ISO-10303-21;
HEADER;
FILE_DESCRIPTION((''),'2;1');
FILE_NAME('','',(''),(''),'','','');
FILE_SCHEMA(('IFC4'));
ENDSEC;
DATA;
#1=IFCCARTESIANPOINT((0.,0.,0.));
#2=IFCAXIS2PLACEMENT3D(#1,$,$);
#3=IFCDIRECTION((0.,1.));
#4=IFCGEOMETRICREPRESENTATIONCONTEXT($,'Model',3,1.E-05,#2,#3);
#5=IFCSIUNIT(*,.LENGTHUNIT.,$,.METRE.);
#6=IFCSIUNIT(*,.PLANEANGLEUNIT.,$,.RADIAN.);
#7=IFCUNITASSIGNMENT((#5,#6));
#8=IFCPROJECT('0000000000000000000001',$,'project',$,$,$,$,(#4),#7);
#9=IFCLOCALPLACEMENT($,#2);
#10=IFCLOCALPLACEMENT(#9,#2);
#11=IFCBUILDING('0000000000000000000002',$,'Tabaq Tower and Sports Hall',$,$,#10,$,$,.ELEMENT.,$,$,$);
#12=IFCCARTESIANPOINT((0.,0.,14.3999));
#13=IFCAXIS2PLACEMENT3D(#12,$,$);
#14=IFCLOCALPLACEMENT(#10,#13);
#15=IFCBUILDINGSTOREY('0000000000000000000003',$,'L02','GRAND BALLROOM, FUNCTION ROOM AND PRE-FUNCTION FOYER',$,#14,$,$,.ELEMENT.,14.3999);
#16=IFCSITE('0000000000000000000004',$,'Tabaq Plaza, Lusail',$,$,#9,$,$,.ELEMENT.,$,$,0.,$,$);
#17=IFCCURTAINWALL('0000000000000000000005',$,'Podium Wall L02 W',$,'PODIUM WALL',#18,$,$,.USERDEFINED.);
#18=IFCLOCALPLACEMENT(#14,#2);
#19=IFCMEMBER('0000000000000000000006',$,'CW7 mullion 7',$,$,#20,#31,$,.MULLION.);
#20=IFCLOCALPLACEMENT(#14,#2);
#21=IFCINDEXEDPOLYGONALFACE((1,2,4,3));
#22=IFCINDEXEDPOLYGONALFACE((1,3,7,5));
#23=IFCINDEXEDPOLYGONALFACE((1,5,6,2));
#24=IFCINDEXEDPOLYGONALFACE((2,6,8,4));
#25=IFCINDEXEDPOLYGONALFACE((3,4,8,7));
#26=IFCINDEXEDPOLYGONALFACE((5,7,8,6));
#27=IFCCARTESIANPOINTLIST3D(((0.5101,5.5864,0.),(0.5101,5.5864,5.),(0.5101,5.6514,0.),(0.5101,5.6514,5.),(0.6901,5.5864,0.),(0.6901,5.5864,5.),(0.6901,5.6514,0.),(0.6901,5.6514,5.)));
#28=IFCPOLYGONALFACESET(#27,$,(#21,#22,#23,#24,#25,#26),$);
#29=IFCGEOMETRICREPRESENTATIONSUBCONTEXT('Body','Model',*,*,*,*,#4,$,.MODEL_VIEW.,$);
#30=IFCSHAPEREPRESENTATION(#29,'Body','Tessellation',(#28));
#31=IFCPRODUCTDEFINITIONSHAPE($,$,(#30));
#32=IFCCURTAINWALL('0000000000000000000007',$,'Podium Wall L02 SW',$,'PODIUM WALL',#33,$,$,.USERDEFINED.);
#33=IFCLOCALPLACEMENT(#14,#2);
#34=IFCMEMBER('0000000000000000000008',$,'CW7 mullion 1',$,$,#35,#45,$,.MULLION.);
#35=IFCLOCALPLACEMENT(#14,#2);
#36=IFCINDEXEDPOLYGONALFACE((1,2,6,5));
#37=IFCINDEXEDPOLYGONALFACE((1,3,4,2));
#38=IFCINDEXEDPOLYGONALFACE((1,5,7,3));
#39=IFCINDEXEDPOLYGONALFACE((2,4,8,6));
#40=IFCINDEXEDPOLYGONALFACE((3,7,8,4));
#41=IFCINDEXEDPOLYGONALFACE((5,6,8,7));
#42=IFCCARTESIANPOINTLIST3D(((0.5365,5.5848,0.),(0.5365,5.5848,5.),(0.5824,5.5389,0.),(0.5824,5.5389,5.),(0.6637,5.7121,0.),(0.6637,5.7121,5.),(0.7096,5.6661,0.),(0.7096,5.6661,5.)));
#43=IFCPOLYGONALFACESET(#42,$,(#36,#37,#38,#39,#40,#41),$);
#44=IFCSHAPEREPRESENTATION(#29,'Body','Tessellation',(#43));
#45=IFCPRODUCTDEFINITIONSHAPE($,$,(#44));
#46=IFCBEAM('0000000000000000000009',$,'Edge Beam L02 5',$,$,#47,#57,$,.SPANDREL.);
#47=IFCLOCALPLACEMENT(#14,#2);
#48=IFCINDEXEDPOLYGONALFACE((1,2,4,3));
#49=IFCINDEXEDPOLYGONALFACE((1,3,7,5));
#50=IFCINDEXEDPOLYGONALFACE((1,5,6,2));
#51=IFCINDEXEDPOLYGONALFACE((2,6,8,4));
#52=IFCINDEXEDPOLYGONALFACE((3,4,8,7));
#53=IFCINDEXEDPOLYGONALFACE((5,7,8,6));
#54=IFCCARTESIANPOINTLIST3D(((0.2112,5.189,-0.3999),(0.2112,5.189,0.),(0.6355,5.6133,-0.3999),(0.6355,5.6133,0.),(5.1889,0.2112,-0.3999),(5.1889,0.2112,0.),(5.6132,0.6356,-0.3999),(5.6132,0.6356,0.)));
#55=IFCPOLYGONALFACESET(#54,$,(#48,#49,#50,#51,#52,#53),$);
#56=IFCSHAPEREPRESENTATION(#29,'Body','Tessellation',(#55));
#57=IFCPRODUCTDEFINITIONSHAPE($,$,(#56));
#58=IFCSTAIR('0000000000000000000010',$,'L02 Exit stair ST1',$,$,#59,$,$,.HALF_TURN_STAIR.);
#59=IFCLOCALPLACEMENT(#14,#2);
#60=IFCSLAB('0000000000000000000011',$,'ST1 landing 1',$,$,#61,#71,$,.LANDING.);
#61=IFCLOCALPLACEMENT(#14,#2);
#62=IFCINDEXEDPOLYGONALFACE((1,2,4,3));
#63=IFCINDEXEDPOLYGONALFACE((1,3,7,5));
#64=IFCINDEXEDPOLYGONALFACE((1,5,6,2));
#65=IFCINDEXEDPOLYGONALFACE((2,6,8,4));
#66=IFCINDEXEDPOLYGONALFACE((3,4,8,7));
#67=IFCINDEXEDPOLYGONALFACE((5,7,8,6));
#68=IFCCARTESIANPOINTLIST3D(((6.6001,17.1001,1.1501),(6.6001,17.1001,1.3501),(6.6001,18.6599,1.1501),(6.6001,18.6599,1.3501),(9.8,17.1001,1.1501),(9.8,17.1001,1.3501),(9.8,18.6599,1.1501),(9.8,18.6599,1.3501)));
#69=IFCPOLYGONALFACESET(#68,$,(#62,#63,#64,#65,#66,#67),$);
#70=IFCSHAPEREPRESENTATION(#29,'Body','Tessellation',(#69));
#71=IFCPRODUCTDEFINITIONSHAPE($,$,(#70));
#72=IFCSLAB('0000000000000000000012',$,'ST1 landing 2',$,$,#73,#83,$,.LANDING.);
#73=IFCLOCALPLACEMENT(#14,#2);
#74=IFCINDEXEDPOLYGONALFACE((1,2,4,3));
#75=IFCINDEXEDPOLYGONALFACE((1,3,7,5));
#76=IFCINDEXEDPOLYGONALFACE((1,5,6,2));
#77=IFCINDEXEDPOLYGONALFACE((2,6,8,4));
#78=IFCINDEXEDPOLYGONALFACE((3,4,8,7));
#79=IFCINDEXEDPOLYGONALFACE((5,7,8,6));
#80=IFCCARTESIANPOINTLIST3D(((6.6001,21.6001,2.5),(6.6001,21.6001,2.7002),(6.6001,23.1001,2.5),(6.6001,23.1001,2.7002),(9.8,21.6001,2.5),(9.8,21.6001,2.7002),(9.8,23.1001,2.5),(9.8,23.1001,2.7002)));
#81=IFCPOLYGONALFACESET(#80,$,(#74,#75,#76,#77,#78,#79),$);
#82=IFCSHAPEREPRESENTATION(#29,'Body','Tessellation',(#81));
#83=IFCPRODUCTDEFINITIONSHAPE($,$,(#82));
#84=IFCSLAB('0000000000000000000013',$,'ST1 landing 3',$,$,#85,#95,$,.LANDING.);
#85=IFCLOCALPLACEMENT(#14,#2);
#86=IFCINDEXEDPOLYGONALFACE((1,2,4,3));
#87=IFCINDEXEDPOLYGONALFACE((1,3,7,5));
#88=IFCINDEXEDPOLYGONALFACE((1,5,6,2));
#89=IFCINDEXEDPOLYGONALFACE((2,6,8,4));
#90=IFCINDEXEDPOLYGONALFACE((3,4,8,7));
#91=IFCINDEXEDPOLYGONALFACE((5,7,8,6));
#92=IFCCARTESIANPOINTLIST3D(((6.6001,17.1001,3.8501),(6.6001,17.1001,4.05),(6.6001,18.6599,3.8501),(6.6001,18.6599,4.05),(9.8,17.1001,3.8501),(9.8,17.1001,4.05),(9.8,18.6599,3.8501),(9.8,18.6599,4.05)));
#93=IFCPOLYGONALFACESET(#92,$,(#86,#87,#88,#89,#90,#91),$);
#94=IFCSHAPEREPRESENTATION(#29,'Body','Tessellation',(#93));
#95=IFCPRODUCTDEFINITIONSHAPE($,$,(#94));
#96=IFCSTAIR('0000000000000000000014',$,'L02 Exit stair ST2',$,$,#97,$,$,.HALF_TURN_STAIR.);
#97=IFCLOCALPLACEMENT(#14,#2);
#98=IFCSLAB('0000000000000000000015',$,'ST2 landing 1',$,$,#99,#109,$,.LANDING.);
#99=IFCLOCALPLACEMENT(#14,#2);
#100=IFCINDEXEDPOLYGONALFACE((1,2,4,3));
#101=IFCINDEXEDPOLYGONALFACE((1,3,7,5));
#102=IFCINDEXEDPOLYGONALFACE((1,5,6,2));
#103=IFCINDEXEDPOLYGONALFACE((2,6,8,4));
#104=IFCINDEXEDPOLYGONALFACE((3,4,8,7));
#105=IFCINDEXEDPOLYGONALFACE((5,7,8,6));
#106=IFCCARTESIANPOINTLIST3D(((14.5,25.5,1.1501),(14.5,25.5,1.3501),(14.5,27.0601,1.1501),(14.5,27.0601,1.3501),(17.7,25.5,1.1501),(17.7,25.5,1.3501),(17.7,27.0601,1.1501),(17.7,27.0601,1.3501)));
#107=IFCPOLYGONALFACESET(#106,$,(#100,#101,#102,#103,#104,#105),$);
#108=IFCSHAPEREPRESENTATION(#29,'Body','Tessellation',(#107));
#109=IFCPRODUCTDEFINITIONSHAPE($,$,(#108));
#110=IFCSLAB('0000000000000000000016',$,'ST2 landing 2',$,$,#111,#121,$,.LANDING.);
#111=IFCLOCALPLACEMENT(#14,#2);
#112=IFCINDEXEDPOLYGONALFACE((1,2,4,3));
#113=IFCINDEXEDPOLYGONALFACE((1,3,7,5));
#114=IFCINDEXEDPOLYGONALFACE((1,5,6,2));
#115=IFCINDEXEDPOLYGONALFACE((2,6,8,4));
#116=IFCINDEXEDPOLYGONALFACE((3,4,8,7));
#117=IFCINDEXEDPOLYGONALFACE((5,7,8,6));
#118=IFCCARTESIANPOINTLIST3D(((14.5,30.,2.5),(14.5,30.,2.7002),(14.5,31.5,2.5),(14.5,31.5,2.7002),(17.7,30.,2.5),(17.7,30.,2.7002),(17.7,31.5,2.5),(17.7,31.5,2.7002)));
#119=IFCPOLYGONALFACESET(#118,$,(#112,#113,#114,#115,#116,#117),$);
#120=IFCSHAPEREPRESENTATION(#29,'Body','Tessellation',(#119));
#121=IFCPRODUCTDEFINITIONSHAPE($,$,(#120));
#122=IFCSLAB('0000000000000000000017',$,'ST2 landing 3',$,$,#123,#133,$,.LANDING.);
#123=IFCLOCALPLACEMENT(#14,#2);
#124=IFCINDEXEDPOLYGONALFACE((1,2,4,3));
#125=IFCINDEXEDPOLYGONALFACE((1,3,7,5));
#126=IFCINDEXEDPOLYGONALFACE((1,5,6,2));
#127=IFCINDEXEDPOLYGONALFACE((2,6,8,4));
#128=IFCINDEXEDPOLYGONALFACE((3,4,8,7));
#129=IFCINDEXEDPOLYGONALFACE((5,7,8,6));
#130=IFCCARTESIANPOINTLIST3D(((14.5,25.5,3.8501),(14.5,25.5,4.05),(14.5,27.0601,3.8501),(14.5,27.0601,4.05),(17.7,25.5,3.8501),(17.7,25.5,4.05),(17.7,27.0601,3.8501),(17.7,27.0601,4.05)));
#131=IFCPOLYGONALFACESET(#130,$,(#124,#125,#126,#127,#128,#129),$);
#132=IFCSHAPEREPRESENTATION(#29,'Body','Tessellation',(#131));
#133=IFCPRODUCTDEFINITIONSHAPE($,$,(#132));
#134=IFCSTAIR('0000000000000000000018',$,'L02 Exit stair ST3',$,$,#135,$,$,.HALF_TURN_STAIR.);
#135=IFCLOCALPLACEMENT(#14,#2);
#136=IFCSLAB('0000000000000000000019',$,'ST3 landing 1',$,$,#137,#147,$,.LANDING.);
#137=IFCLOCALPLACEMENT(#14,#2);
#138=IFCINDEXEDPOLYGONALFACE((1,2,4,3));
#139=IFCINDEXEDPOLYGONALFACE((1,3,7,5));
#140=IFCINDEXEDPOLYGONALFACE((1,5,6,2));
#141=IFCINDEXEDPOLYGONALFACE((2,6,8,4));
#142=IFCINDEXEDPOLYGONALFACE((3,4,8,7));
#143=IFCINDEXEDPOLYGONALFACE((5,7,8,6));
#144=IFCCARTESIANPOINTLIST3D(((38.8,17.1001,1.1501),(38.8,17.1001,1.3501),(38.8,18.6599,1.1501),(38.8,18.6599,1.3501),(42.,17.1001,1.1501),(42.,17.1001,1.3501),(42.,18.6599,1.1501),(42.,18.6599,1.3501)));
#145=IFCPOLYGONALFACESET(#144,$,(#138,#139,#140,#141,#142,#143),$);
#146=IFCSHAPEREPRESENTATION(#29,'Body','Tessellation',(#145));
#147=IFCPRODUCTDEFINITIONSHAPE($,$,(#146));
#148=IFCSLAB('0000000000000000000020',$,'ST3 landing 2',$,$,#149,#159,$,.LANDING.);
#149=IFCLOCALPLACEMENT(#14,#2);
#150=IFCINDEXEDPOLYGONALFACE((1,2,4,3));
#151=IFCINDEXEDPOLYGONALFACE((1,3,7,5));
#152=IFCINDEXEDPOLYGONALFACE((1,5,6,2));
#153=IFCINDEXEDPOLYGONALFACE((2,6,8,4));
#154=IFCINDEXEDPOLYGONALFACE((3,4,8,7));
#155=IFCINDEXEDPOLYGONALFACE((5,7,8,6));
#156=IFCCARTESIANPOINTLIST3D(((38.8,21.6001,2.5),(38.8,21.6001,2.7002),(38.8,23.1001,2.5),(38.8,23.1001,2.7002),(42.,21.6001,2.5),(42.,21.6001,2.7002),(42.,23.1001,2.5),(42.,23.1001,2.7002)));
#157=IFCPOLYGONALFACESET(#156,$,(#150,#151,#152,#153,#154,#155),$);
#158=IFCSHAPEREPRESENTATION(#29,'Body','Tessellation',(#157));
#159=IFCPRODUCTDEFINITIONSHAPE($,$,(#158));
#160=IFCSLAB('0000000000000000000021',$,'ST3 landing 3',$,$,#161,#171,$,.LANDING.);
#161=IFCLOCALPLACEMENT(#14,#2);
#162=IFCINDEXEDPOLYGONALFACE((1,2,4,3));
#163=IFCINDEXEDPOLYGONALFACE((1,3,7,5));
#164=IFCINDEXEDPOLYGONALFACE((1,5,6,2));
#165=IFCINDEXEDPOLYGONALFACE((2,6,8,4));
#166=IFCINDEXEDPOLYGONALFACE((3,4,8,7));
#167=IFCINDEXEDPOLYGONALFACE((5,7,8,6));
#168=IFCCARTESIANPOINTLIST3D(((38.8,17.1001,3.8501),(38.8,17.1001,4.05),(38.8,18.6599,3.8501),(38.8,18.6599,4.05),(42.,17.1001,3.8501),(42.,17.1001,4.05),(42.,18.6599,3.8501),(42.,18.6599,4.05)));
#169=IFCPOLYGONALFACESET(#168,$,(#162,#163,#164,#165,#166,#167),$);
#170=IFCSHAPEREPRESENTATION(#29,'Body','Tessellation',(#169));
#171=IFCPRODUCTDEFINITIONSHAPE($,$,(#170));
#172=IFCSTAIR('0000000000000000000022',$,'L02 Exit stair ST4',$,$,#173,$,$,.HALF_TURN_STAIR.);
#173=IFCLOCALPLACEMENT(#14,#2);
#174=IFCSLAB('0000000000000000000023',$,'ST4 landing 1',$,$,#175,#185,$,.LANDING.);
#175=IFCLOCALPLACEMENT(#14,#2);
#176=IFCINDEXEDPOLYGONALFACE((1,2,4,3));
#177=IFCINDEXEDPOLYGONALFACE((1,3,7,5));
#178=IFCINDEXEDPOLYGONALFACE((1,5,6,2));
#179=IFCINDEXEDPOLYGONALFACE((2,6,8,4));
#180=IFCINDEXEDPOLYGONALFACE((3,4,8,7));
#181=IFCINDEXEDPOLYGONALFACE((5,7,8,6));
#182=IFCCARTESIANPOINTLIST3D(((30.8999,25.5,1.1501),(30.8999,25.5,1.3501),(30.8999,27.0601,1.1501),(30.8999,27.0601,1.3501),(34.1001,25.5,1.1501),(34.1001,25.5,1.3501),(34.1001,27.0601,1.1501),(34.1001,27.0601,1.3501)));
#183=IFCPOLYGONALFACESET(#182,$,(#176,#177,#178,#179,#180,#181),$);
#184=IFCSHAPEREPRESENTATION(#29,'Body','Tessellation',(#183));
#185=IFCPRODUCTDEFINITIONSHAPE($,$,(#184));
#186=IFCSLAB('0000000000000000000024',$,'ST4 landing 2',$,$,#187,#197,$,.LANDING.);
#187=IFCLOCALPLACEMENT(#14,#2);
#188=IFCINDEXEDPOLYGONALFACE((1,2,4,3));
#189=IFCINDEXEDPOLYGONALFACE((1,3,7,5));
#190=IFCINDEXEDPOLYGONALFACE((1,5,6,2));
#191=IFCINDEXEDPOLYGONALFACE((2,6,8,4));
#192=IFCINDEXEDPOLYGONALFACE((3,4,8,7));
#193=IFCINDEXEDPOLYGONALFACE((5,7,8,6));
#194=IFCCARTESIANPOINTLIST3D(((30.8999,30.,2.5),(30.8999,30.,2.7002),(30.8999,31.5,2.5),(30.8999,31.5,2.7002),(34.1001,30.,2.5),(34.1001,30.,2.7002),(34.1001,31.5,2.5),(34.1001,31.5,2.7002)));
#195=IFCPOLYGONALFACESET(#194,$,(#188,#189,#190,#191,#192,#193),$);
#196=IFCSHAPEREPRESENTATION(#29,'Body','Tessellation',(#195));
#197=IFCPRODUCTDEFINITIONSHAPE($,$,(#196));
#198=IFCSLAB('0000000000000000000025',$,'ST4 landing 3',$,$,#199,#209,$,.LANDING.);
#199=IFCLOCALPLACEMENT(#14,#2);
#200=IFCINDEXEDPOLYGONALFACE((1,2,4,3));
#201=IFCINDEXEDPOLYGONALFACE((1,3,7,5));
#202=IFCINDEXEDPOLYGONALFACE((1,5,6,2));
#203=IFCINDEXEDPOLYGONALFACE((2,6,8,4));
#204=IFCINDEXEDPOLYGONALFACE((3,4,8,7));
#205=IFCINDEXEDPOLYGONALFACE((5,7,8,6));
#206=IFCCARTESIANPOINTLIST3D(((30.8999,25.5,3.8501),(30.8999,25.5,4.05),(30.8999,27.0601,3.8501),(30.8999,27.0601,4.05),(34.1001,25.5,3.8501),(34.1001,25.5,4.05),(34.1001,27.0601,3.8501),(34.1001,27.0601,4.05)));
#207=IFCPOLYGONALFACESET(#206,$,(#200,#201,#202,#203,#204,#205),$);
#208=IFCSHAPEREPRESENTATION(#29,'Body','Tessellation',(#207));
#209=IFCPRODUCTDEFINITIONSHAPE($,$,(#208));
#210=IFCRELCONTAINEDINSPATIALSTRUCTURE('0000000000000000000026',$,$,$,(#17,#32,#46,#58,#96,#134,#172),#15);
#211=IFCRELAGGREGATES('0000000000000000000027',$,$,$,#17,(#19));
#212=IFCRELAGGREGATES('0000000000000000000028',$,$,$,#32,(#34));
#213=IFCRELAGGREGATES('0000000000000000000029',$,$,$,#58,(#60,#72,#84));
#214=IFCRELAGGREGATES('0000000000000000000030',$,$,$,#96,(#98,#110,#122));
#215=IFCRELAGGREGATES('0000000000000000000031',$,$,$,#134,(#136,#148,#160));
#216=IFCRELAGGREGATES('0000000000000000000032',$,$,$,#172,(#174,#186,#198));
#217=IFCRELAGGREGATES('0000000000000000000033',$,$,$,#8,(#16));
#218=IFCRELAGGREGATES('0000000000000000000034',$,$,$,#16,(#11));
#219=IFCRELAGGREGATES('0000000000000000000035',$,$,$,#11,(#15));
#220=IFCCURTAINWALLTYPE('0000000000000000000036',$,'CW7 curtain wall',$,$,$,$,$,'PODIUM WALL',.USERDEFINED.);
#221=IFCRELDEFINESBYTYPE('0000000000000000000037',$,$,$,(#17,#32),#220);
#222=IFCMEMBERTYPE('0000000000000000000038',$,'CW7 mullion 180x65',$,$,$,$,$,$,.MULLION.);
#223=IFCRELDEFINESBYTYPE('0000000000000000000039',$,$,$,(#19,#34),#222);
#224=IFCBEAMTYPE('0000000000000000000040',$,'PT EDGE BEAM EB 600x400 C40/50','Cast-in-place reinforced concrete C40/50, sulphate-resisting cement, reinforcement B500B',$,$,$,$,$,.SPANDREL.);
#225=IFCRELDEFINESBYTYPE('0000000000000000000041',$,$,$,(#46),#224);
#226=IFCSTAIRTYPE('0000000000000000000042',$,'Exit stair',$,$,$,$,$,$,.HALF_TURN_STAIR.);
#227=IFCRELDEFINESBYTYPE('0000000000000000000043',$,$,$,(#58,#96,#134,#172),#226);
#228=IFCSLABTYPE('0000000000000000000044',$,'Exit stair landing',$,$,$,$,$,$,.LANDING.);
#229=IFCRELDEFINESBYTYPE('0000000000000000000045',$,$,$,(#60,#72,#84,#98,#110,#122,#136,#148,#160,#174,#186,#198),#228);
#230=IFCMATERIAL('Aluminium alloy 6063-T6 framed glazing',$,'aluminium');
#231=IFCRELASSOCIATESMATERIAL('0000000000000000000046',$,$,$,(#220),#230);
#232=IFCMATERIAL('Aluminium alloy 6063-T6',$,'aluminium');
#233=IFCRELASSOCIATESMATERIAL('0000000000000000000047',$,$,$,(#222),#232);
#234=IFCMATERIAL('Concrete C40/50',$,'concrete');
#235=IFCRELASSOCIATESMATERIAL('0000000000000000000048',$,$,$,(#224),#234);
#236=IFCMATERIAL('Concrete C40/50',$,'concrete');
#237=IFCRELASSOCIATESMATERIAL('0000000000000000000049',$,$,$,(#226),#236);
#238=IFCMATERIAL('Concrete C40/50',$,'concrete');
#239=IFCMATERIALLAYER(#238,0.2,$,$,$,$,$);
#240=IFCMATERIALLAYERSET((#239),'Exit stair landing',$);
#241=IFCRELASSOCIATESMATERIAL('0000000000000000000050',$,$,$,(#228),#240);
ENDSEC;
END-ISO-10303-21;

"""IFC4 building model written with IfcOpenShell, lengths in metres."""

from ifc_helpers import new_model, si_unit, direction, frame, origin, origin_2d, place, context, subcontext, project, spatial, polyline, rectangle, outline, extrude, material, layer, layer_set, material_profile, profile_set, type_object, element, aggregate, save


model = new_model("IFC4")

# Units and contexts
model_context = context("Model", 3, precision=1e-05, world=origin(), true_north=direction((0.0, 1.0)))
body_context = subcontext(model_context, "Body", "Model", "MODEL_VIEW")
ifc_project = project(units=[si_unit("LENGTHUNIT", "METRE"), si_unit("PLANEANGLEUNIT", "RADIAN")], contexts=[model_context])

# Site, building, storey
site_placement = place(None, origin())
site = spatial("IfcSite", under=ifc_project, at=site_placement, Name="Tabaq Plaza, Lusail", CompositionType="ELEMENT", RefElevation=0.0)
building_placement = place(site_placement, origin())
building = spatial("IfcBuilding", under=site, at=building_placement, Name="Tabaq Tower and Sports Hall", CompositionType="ELEMENT")
storey_placement = place(building_placement, frame((0.0, 0.0, 14.3999)))
storey = spatial("IfcBuildingStorey", under=building, at=storey_placement, Name="L02", Description="GRAND BALLROOM, FUNCTION ROOM AND PRE-FUNCTION FOYER", CompositionType="ELEMENT", Elevation=14.3999)

# Curtain walls, members
ifc_material_1 = material(Name="Aluminium alloy 6063-T6 framed glazing", Category="aluminium")
curtain_wall_type = type_object("IfcCurtainWallType", Name="CW7 curtain wall", ElementType="PODIUM WALL", PredefinedType="USERDEFINED", material=ifc_material_1)
curtain_wall_1_placement = place(storey_placement, origin())
curtain_wall_1 = element("IfcCurtainWall", 1, at=curtain_wall_1_placement, inside=storey, type_object=curtain_wall_type, Name="Podium Wall L02 W", ObjectType="PODIUM WALL", PredefinedType="USERDEFINED")
ifc_material_2 = material(Name="Aluminium alloy 6063-T6", Category="aluminium")
ifc_material_profile_1 = material_profile(ifc_material_2, rectangle(XDim=0.1799, YDim=0.0649, at=origin_2d()), Name="MULLION 180x65")
ifc_profile_set_1 = profile_set([ifc_material_profile_1], Name="Aluminium alloy 6063-T6")
member_type = type_object("IfcMemberType", Name="CW7 mullion 180x65", PredefinedType="MULLION", material=ifc_profile_set_1)
member_1_placement = place(storey_placement, frame((0.6001, 5.6189, 0.0), z_axis=(0.0, 0.0, 1.0), x_axis=(1.0, 0.0, 0.0)))
member_1 = element("IfcMember", 2, at=member_1_placement, type_object=member_type, Name="CW7 mullion 7", PredefinedType="MULLION", context=body_context, shape_type="SweptSolid", body=[
    extrude(rectangle(XDim=0.1799, YDim=0.0649, at=origin_2d()), origin(), (0.0, 0.0, 1.0), 5.0),
])
aggregate(curtain_wall_1, [member_1])
curtain_wall_2_placement = place(storey_placement, origin())
curtain_wall_2 = element("IfcCurtainWall", 3, at=curtain_wall_2_placement, inside=storey, type_object=curtain_wall_type, Name="Podium Wall L02 SW", ObjectType="PODIUM WALL", PredefinedType="USERDEFINED")
member_2_placement = place(storey_placement, frame((0.623, 5.6255, 0.0), z_axis=(0.0, 0.0, 1.0), x_axis=(0.707107, 0.707107, 0.0)))
member_2 = element("IfcMember", 4, at=member_2_placement, type_object=member_type, Name="CW7 mullion 1", PredefinedType="MULLION", context=body_context, shape_type="SweptSolid", body=[
    extrude(rectangle(XDim=0.1799, YDim=0.0649, at=origin_2d()), origin(), (0.0, 0.0, 1.0), 5.0),
])
aggregate(curtain_wall_2, [member_2])

# Beam
ifc_material_3 = material(Name="Concrete C40/50", Category="concrete")
ifc_material_profile_2 = material_profile(ifc_material_3, rectangle(XDim=0.6001, YDim=0.3999, at=origin_2d()), Name="EB 600x400")
ifc_profile_set_2 = profile_set([ifc_material_profile_2], Name="Concrete C40/50")
beam_type = type_object("IfcBeamType", Name="PT EDGE BEAM EB 600x400 C40/50", Description="Cast-in-place reinforced concrete C40/50, sulphate-resisting cement, reinforcement B500B", PredefinedType="SPANDREL", material=ifc_profile_set_2)
beam_placement = place(storey_placement, frame((0.4233, 5.4011, -0.2), z_axis=(0.707107, -0.707107, 0.0), x_axis=(0.707107, 0.707107, 0.0)))
element("IfcBeam", 5, at=beam_placement, inside=storey, type_object=beam_type, Name="Edge Beam L02 5", PredefinedType="SPANDREL", context=body_context, shape_type="SweptSolid", body=[
    extrude(rectangle(XDim=0.6001, YDim=0.3999, at=origin_2d()), origin(), (0.0, 0.0, 1.0), 7.0396),
])

# Stairs, slabs
ifc_material_4 = material(Name="Concrete C40/50", Category="concrete")
stair_type = type_object("IfcStairType", Name="Exit stair", PredefinedType="HALF_TURN_STAIR", material=ifc_material_4)
stair_1_placement = place(storey_placement, origin())
stair_1 = element("IfcStair", 6, at=stair_1_placement, inside=storey, type_object=stair_type, Name="L02 Exit stair ST1", PredefinedType="HALF_TURN_STAIR")
ifc_material_5 = material(Name="Concrete C40/50", Category="concrete")
ifc_layer_1 = layer(ifc_material_5, 0.2)
ifc_layer_set_1 = layer_set([ifc_layer_1], Name="Exit stair landing")
slab_type = type_object("IfcSlabType", Name="Exit stair landing", PredefinedType="LANDING", material=ifc_layer_set_1)
slab_1_placement = place(storey_placement, frame((0.0, 0.0, 1.1501)))
slab_1 = element("IfcSlab", 7, at=slab_1_placement, type_object=slab_type, Name="ST1 landing 1", PredefinedType="LANDING", context=body_context, shape_type="SweptSolid", body=[
    extrude(outline(polyline([(6.6001, 18.6599), (6.6001, 17.1001), (9.8, 17.1001), (9.8, 18.6599), (6.6001, 18.6599)])), origin(), (0.0, 0.0, 1.0), 0.2),
])
slab_2_placement = place(storey_placement, frame((0.0, 0.0, 2.5)))
slab_2 = element("IfcSlab", 8, at=slab_2_placement, type_object=slab_type, Name="ST1 landing 2", PredefinedType="LANDING", context=body_context, shape_type="SweptSolid", body=[
    extrude(outline(polyline([(6.6001, 23.1001), (6.6001, 21.6001), (9.8, 21.6001), (9.8, 23.1001), (6.6001, 23.1001)])), origin(), (0.0, 0.0, 1.0), 0.2002),
])
slab_3_placement = place(storey_placement, frame((0.0, 0.0, 3.8501)))
slab_3 = element("IfcSlab", 9, at=slab_3_placement, type_object=slab_type, Name="ST1 landing 3", PredefinedType="LANDING", context=body_context, shape_type="SweptSolid", body=[
    extrude(outline(polyline([(6.6001, 18.6599), (6.6001, 17.1001), (9.8, 17.1001), (9.8, 18.6599), (6.6001, 18.6599)])), origin(), (0.0, 0.0, 1.0), 0.2),
])
aggregate(stair_1, [slab_1, slab_2, slab_3])
stair_2_placement = place(storey_placement, origin())
stair_2 = element("IfcStair", 10, at=stair_2_placement, inside=storey, type_object=stair_type, Name="L02 Exit stair ST2", PredefinedType="HALF_TURN_STAIR")
slab_4_placement = place(storey_placement, frame((0.0, 0.0, 1.1501)))
slab_4 = element("IfcSlab", 11, at=slab_4_placement, type_object=slab_type, Name="ST2 landing 1", PredefinedType="LANDING", context=body_context, shape_type="SweptSolid", body=[
    extrude(outline(polyline([(14.5, 27.0601), (14.5, 25.5), (17.7, 25.5), (17.7, 27.0601), (14.5, 27.0601)])), origin(), (0.0, 0.0, 1.0), 0.2),
])
slab_5_placement = place(storey_placement, frame((0.0, 0.0, 2.5)))
slab_5 = element("IfcSlab", 12, at=slab_5_placement, type_object=slab_type, Name="ST2 landing 2", PredefinedType="LANDING", context=body_context, shape_type="SweptSolid", body=[
    extrude(outline(polyline([(14.5, 31.5), (14.5, 30.0), (17.7, 30.0), (17.7, 31.5), (14.5, 31.5)])), origin(), (0.0, 0.0, 1.0), 0.2002),
])
slab_6_placement = place(storey_placement, frame((0.0, 0.0, 3.8501)))
slab_6 = element("IfcSlab", 13, at=slab_6_placement, type_object=slab_type, Name="ST2 landing 3", PredefinedType="LANDING", context=body_context, shape_type="SweptSolid", body=[
    extrude(outline(polyline([(14.5, 27.0601), (14.5, 25.5), (17.7, 25.5), (17.7, 27.0601), (14.5, 27.0601)])), origin(), (0.0, 0.0, 1.0), 0.2),
])
aggregate(stair_2, [slab_4, slab_5, slab_6])
stair_3_placement = place(storey_placement, origin())
stair_3 = element("IfcStair", 14, at=stair_3_placement, inside=storey, type_object=stair_type, Name="L02 Exit stair ST3", PredefinedType="HALF_TURN_STAIR")
slab_7_placement = place(storey_placement, frame((0.0, 0.0, 1.1501)))
slab_7 = element("IfcSlab", 15, at=slab_7_placement, type_object=slab_type, Name="ST3 landing 1", PredefinedType="LANDING", context=body_context, shape_type="SweptSolid", body=[
    extrude(outline(polyline([(38.8, 18.6599), (38.8, 17.1001), (42.0, 17.1001), (42.0, 18.6599), (38.8, 18.6599)])), origin(), (0.0, 0.0, 1.0), 0.2),
])
slab_8_placement = place(storey_placement, frame((0.0, 0.0, 2.5)))
slab_8 = element("IfcSlab", 16, at=slab_8_placement, type_object=slab_type, Name="ST3 landing 2", PredefinedType="LANDING", context=body_context, shape_type="SweptSolid", body=[
    extrude(outline(polyline([(38.8, 23.1001), (38.8, 21.6001), (42.0, 21.6001), (42.0, 23.1001), (38.8, 23.1001)])), origin(), (0.0, 0.0, 1.0), 0.2002),
])
slab_9_placement = place(storey_placement, frame((0.0, 0.0, 3.8501)))
slab_9 = element("IfcSlab", 17, at=slab_9_placement, type_object=slab_type, Name="ST3 landing 3", PredefinedType="LANDING", context=body_context, shape_type="SweptSolid", body=[
    extrude(outline(polyline([(38.8, 18.6599), (38.8, 17.1001), (42.0, 17.1001), (42.0, 18.6599), (38.8, 18.6599)])), origin(), (0.0, 0.0, 1.0), 0.2),
])
aggregate(stair_3, [slab_7, slab_8, slab_9])
stair_4_placement = place(storey_placement, origin())
stair_4 = element("IfcStair", 18, at=stair_4_placement, inside=storey, type_object=stair_type, Name="L02 Exit stair ST4", PredefinedType="HALF_TURN_STAIR")
slab_10_placement = place(storey_placement, frame((0.0, 0.0, 1.1501)))
slab_10 = element("IfcSlab", 19, at=slab_10_placement, type_object=slab_type, Name="ST4 landing 1", PredefinedType="LANDING", context=body_context, shape_type="SweptSolid", body=[
    extrude(outline(polyline([(30.8999, 27.0601), (30.8999, 25.5), (34.1001, 25.5), (34.1001, 27.0601), (30.8999, 27.0601)])), origin(), (0.0, 0.0, 1.0), 0.2),
])
slab_11_placement = place(storey_placement, frame((0.0, 0.0, 2.5)))
slab_11 = element("IfcSlab", 20, at=slab_11_placement, type_object=slab_type, Name="ST4 landing 2", PredefinedType="LANDING", context=body_context, shape_type="SweptSolid", body=[
    extrude(outline(polyline([(30.8999, 31.5), (30.8999, 30.0), (34.1001, 30.0), (34.1001, 31.5), (30.8999, 31.5)])), origin(), (0.0, 0.0, 1.0), 0.2002),
])
slab_12_placement = place(storey_placement, frame((0.0, 0.0, 3.8501)))
slab_12 = element("IfcSlab", 21, at=slab_12_placement, type_object=slab_type, Name="ST4 landing 3", PredefinedType="LANDING", context=body_context, shape_type="SweptSolid", body=[
    extrude(outline(polyline([(30.8999, 27.0601), (30.8999, 25.5), (34.1001, 25.5), (34.1001, 27.0601), (30.8999, 27.0601)])), origin(), (0.0, 0.0, 1.0), 0.2),
])
aggregate(stair_4, [slab_10, slab_11, slab_12])

save(model, "model.ifc")
